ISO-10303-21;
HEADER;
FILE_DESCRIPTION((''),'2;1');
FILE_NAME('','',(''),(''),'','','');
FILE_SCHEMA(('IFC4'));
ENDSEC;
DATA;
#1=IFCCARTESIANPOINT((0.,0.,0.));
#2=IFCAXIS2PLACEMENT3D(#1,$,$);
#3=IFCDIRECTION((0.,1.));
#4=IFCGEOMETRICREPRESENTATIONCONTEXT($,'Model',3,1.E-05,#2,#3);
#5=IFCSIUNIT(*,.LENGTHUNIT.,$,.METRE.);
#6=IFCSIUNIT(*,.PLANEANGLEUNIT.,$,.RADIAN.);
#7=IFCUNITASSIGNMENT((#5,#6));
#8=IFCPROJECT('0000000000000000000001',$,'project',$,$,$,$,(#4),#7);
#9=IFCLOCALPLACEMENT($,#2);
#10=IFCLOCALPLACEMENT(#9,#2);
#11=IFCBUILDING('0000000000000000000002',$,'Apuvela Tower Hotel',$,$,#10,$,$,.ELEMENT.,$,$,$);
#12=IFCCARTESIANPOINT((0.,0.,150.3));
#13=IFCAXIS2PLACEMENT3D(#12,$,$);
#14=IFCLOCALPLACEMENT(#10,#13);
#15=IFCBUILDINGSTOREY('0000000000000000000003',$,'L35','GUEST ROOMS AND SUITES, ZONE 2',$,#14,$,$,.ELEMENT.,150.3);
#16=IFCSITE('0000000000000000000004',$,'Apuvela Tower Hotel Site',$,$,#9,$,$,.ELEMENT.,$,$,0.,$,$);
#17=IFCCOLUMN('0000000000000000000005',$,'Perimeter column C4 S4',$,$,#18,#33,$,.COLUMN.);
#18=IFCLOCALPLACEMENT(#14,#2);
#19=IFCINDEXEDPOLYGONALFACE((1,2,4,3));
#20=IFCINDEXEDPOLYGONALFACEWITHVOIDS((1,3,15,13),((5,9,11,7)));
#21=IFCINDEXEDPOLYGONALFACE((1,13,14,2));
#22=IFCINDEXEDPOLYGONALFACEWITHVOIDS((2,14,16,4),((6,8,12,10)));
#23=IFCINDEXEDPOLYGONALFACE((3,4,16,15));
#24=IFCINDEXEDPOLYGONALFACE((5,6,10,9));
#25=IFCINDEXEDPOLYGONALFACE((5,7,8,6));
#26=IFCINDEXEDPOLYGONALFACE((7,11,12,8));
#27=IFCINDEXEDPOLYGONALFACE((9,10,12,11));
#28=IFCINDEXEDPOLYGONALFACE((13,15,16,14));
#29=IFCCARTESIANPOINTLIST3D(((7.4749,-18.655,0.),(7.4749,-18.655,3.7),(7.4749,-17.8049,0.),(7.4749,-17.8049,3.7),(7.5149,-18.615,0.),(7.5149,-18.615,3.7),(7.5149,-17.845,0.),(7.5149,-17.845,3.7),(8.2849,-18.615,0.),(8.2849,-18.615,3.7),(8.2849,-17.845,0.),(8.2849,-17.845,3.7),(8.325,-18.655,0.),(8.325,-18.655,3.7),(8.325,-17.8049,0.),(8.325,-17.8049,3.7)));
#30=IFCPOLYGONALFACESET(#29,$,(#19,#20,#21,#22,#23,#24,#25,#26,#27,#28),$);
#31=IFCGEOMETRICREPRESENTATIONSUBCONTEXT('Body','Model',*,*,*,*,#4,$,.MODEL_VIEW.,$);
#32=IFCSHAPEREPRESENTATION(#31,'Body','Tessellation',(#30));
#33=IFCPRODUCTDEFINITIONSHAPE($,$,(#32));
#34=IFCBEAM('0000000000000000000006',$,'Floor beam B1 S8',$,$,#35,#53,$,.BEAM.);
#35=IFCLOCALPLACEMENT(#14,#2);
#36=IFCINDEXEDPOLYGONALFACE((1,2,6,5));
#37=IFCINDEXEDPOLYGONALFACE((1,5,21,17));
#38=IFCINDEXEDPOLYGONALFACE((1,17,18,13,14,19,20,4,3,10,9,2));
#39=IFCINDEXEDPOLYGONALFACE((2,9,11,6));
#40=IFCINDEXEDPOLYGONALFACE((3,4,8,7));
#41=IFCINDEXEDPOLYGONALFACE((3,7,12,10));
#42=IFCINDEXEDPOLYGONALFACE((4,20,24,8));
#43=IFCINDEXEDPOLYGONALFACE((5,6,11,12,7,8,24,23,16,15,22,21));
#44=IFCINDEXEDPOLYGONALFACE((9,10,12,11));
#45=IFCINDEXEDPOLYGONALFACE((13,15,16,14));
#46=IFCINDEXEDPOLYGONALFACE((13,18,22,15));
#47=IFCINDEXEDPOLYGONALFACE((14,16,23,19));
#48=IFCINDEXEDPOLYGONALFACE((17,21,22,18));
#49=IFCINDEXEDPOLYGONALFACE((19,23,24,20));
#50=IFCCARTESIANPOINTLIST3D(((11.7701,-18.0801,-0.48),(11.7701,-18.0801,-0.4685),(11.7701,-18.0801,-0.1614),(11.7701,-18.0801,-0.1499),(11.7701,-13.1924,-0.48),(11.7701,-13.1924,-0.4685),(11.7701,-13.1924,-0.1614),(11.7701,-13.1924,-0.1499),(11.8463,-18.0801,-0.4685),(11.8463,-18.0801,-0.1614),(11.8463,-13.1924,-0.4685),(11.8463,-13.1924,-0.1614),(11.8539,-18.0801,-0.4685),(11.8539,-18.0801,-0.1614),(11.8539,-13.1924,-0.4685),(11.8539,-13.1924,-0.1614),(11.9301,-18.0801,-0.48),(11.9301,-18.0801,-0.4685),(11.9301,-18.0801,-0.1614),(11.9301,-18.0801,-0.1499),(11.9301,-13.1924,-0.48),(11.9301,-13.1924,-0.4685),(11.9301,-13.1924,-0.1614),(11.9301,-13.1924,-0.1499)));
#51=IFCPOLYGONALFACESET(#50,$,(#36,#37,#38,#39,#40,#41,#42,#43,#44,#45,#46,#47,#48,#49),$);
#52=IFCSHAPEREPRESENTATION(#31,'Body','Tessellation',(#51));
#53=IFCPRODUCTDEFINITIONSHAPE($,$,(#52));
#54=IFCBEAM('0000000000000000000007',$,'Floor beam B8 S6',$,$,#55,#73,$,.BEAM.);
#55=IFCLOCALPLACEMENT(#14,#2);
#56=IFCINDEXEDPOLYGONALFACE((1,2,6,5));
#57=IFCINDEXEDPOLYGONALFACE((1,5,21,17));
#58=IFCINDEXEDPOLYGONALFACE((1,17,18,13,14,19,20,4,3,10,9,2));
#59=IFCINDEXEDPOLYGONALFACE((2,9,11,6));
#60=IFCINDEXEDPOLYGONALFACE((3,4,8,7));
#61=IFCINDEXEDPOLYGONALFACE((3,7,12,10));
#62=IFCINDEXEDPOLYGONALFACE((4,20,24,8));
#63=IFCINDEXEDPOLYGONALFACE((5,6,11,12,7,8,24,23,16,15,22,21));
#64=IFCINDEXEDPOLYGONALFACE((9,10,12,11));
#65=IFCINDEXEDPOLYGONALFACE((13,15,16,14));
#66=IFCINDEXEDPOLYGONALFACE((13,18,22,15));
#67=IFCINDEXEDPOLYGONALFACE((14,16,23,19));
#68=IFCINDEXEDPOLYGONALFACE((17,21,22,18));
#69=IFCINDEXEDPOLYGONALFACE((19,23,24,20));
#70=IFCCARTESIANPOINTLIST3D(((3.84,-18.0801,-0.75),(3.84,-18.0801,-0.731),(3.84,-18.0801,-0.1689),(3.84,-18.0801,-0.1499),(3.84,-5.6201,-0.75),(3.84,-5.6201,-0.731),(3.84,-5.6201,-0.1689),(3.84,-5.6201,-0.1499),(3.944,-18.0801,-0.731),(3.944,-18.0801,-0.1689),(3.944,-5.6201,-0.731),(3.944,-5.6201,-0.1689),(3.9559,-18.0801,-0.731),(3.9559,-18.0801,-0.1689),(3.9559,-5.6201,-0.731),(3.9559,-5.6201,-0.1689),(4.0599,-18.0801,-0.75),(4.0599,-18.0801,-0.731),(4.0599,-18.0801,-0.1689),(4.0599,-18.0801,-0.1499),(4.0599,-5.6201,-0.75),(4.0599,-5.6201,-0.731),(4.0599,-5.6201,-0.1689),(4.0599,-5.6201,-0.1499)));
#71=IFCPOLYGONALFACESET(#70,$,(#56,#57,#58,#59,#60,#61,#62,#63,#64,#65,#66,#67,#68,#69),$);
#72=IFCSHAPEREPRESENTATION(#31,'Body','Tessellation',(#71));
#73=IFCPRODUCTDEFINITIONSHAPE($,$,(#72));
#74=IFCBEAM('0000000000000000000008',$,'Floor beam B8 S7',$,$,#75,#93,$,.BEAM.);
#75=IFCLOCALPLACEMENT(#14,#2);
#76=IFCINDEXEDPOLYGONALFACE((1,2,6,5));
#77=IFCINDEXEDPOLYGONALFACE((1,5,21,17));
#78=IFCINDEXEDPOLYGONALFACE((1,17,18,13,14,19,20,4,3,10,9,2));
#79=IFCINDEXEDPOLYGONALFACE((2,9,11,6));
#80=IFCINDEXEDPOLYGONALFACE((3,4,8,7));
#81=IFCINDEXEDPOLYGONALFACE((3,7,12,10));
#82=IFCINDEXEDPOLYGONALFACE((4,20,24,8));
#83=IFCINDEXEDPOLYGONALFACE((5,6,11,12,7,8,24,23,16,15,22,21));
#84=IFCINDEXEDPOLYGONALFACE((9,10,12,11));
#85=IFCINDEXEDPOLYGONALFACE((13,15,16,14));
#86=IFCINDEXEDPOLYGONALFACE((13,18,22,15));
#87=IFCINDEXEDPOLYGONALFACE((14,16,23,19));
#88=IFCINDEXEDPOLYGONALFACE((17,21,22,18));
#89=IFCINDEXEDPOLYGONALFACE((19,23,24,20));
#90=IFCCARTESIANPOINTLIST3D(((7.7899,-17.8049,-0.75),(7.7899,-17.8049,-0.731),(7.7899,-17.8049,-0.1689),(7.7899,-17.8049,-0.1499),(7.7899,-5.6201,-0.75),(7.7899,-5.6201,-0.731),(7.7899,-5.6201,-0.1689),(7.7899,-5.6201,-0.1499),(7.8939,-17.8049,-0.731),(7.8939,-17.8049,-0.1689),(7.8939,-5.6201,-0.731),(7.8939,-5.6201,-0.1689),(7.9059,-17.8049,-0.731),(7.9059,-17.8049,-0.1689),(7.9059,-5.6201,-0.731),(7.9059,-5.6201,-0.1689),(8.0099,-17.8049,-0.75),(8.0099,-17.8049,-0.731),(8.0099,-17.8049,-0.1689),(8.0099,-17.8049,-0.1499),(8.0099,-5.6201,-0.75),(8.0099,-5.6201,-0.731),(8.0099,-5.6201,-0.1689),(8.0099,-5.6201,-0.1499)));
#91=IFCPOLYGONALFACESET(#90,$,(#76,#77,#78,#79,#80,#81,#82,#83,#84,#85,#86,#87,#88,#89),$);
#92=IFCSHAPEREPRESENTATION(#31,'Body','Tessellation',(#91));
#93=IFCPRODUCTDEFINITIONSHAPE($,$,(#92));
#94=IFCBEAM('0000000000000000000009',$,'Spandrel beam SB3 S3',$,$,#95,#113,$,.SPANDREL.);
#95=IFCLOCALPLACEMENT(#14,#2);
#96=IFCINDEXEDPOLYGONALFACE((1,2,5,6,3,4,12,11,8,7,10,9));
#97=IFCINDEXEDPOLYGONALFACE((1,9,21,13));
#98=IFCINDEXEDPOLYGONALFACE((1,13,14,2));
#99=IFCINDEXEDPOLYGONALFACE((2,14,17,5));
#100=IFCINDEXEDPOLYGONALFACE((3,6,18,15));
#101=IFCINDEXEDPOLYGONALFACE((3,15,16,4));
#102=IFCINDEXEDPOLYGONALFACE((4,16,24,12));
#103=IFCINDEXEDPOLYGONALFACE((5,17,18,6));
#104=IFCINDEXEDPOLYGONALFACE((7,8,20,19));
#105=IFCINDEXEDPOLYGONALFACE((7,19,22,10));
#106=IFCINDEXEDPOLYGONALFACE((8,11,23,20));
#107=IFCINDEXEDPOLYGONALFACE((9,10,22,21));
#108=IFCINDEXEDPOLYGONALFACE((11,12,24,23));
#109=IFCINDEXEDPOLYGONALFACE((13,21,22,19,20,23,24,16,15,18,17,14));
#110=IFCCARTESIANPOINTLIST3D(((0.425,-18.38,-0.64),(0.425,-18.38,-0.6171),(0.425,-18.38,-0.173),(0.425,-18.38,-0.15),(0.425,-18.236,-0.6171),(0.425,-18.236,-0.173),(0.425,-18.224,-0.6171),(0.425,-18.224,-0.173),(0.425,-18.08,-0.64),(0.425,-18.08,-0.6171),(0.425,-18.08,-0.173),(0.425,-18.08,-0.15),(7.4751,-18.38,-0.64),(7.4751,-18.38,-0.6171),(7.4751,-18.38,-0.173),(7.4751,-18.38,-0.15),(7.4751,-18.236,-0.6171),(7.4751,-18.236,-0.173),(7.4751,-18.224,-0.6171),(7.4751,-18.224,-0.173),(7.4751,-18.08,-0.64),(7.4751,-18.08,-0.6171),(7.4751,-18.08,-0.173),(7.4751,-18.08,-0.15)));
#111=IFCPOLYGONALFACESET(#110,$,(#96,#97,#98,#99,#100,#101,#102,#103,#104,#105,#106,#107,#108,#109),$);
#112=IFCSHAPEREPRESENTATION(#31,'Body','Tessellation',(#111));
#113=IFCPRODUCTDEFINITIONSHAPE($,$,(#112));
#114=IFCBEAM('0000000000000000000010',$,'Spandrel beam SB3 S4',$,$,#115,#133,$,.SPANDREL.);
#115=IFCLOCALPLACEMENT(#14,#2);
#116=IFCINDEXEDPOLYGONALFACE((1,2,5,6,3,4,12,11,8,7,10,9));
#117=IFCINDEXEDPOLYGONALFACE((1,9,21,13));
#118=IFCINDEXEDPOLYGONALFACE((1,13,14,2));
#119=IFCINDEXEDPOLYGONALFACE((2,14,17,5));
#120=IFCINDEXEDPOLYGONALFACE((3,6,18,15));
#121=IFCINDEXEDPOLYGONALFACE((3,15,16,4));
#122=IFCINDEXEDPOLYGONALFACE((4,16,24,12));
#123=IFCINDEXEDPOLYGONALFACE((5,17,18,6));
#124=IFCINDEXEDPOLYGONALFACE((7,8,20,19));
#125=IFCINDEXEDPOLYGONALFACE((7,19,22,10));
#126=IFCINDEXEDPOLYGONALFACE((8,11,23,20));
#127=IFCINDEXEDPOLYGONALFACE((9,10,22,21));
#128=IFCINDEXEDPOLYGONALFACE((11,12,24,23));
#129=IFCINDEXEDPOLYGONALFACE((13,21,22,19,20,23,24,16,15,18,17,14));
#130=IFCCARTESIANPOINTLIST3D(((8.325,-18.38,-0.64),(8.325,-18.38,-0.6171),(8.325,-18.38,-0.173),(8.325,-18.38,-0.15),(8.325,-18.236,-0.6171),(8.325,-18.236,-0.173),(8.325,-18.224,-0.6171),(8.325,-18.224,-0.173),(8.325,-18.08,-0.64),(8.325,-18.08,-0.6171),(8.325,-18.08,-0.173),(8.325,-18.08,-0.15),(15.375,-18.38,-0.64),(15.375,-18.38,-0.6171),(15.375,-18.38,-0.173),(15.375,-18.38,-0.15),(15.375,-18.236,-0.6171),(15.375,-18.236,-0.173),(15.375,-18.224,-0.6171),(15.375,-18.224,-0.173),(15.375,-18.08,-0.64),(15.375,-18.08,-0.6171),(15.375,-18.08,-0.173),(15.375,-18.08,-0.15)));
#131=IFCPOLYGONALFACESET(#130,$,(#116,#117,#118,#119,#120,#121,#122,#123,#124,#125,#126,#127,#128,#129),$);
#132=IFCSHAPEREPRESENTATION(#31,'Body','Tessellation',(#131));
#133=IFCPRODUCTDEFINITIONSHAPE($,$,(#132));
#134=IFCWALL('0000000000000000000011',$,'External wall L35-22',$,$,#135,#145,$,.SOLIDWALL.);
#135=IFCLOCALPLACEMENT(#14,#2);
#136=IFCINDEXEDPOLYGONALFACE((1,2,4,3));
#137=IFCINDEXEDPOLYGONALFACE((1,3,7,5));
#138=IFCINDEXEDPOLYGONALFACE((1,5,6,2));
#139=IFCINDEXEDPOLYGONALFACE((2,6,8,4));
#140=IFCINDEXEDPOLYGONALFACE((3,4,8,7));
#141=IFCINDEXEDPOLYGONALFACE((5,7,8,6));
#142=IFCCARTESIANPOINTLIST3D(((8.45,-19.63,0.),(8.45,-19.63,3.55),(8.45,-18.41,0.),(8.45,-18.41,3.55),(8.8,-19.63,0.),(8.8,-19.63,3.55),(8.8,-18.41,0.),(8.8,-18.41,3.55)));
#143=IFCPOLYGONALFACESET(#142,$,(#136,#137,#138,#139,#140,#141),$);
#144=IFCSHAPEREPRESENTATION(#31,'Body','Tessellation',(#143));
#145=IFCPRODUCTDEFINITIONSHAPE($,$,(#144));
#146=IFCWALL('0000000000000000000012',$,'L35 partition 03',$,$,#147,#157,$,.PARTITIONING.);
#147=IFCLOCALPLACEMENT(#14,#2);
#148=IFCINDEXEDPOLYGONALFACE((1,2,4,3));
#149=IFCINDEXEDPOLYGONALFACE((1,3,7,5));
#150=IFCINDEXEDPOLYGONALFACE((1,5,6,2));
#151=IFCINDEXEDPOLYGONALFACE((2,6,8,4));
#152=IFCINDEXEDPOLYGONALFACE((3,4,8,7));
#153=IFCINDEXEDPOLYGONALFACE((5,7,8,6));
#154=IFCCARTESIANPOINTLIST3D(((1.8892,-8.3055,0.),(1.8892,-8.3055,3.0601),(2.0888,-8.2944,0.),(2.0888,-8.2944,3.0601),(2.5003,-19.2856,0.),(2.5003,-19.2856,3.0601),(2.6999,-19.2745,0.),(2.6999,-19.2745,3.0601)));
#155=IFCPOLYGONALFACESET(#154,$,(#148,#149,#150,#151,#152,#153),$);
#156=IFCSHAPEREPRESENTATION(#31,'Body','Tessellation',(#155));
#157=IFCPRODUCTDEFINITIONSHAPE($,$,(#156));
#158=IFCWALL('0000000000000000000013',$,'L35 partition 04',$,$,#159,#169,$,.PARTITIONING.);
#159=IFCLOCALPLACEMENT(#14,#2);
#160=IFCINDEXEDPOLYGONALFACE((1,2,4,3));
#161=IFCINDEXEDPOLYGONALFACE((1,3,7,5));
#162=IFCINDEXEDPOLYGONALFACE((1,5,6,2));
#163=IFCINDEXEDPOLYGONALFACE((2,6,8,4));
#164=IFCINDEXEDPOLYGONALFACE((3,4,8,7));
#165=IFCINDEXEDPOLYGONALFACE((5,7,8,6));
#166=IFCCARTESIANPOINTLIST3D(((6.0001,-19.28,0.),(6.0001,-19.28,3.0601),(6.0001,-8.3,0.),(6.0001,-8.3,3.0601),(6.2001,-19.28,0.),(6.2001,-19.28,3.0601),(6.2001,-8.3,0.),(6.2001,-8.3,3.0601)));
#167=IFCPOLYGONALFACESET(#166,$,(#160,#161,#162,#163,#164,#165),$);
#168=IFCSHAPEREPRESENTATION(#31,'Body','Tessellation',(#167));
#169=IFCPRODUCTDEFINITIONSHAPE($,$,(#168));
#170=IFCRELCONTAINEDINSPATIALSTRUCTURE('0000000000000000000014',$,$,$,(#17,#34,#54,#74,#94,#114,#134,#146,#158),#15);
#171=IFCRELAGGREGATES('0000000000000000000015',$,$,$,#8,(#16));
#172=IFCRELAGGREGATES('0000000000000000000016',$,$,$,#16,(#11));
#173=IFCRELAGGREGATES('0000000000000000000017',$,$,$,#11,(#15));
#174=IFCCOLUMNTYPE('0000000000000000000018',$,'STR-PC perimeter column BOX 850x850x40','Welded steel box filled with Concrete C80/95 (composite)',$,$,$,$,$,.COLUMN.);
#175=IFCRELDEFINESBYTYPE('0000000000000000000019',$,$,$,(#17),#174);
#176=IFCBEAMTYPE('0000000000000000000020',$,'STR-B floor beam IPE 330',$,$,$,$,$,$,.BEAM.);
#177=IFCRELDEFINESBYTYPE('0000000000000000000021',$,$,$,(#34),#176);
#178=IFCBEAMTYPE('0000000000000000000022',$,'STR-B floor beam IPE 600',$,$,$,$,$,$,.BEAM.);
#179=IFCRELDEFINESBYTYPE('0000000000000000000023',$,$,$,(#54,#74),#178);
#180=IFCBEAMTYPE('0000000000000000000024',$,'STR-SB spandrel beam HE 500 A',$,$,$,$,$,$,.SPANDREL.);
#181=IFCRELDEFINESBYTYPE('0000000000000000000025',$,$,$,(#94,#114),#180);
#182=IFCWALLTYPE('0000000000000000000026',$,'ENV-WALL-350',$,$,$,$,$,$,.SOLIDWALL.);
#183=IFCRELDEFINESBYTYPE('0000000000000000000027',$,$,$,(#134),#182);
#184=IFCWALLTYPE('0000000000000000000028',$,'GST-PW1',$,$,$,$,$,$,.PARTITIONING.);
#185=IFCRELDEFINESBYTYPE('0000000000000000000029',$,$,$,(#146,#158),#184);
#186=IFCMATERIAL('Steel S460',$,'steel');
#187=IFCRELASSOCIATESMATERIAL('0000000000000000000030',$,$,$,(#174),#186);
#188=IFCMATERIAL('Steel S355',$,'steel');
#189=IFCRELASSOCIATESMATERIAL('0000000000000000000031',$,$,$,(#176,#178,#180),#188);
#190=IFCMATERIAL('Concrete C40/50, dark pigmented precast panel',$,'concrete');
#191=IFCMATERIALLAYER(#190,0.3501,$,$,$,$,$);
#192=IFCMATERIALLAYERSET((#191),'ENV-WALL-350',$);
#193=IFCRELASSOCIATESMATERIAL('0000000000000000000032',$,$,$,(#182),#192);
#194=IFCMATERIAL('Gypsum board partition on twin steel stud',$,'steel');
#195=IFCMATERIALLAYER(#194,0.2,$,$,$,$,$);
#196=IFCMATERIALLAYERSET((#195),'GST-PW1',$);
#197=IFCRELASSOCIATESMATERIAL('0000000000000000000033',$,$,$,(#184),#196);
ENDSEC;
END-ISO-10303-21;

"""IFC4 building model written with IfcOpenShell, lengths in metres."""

from ifc_helpers import new_model, si_unit, direction, frame, frame_2d, origin, origin_2d, place, context, subcontext, project, spatial, rectangle, hollow_rectangle, i_section, extrude, material, layer, layer_set, material_profile, profile_set, type_object, element, save


model = new_model("IFC4")

# Units and contexts
model_context = context("Model", 3, precision=1e-05, world=origin(), true_north=direction((0.0, 1.0)))
body_context = subcontext(model_context, "Body", "Model", "MODEL_VIEW")
ifc_project = project(units=[si_unit("LENGTHUNIT", "METRE"), si_unit("PLANEANGLEUNIT", "RADIAN")], contexts=[model_context])

# Site, building, storey
site_placement = place(None, origin())
site = spatial("IfcSite", under=ifc_project, at=site_placement, Name="Apuvela Tower Hotel Site", CompositionType="ELEMENT", RefElevation=0.0)
building_placement = place(site_placement, origin())
building = spatial("IfcBuilding", under=site, at=building_placement, Name="Apuvela Tower Hotel", CompositionType="ELEMENT")
storey_placement = place(building_placement, frame((0.0, 0.0, 150.3)))
storey = spatial("IfcBuildingStorey", under=building, at=storey_placement, Name="L35", Description="GUEST ROOMS AND SUITES, ZONE 2", CompositionType="ELEMENT", Elevation=150.3)

# Column
ifc_material_1 = material(Name="Steel S460", Category="steel")
ifc_material_profile_1 = material_profile(ifc_material_1, hollow_rectangle(XDim=0.8501, YDim=0.8501, WallThickness=0.04, at=origin_2d()), Name="BOX 850x850x40")
ifc_material_2 = material(Name="Concrete C80/95", Category="concrete")
ifc_material_profile_2 = material_profile(ifc_material_2, rectangle(XDim=0.77, YDim=0.77, at=origin_2d()), Name="Concrete C80/95 infill")
ifc_profile_set_1 = profile_set([ifc_material_profile_1, ifc_material_profile_2], Name="Steel S460")
column_type = type_object("IfcColumnType", Name="STR-PC perimeter column BOX 850x850x40", Description="Welded steel box filled with Concrete C80/95 (composite)", PredefinedType="COLUMN", material=ifc_profile_set_1)
column_placement = place(storey_placement, frame((7.8999, -18.23, 0.0), z_axis=(0.0, 0.0, 1.0), x_axis=(-1.0, 0.0, 0.0)))
element("IfcColumn", 1, at=column_placement, inside=storey, type_object=column_type, Name="Perimeter column C4 S4", PredefinedType="COLUMN", context=body_context, shape_type="SweptSolid", body=[
    extrude(hollow_rectangle(XDim=0.8501, YDim=0.8501, WallThickness=0.04, at=origin_2d()), origin(), (0.0, 0.0, 1.0), 3.7),
])

# Beams
ifc_material_3 = material(Name="Steel S355", Category="steel")
ifc_material_profile_3 = material_profile(ifc_material_3, i_section(OverallWidth=0.1599, OverallDepth=0.3301, WebThickness=0.0076, FlangeThickness=0.0115, at=origin_2d()), Name="IPE 330")
ifc_profile_set_2 = profile_set([ifc_material_profile_3], Name="Steel S355")
beam_type_1 = type_object("IfcBeamType", Name="STR-B floor beam IPE 330", PredefinedType="BEAM", material=ifc_profile_set_2)
beam_1_placement = place(storey_placement, frame((11.8501, -18.0801, -0.3149), z_axis=(0.0, 1.0, 0.0), x_axis=(-1.0, 0.0, 0.0)))
element("IfcBeam", 2, at=beam_1_placement, inside=storey, type_object=beam_type_1, Name="Floor beam B1 S8", PredefinedType="BEAM", context=body_context, shape_type="SweptSolid", body=[
    extrude(i_section(OverallWidth=0.1599, OverallDepth=0.3301, WebThickness=0.0076, FlangeThickness=0.0115, at=origin_2d()), origin(), (0.0, 0.0, 1.0), 4.8877),
])
ifc_material_profile_4 = material_profile(ifc_material_3, i_section(OverallWidth=0.22, OverallDepth=0.6001, WebThickness=0.012, FlangeThickness=0.019, at=origin_2d()), Name="IPE 600")
ifc_profile_set_3 = profile_set([ifc_material_profile_4], Name="Steel S355")
beam_type_2 = type_object("IfcBeamType", Name="STR-B floor beam IPE 600", PredefinedType="BEAM", material=ifc_profile_set_3)
beam_2_placement = place(storey_placement, frame((3.95, -18.0801, -0.45), z_axis=(0.0, 1.0, 0.0), x_axis=(-1.0, 0.0, 0.0)))
element("IfcBeam", 3, at=beam_2_placement, inside=storey, type_object=beam_type_2, Name="Floor beam B8 S6", PredefinedType="BEAM", context=body_context, shape_type="SweptSolid", body=[
    extrude(i_section(OverallWidth=0.22, OverallDepth=0.6001, WebThickness=0.012, FlangeThickness=0.019, at=origin_2d()), origin(), (0.0, 0.0, 1.0), 12.46),
])
beam_3_placement = place(storey_placement, frame((7.8999, -17.8049, -0.45), z_axis=(0.0, 1.0, 0.0), x_axis=(-1.0, 0.0, 0.0)))
element("IfcBeam", 4, at=beam_3_placement, inside=storey, type_object=beam_type_2, Name="Floor beam B8 S7", PredefinedType="BEAM", context=body_context, shape_type="SweptSolid", body=[
    extrude(i_section(OverallWidth=0.22, OverallDepth=0.6001, WebThickness=0.012, FlangeThickness=0.019, at=origin_2d()), origin(), (0.0, 0.0, 1.0), 12.1848),
])
ifc_material_profile_5 = material_profile(ifc_material_3, i_section(OverallWidth=0.3, OverallDepth=0.49, WebThickness=0.012, FlangeThickness=0.0229, at=origin_2d()), Name="HE 500 A")
ifc_profile_set_4 = profile_set([ifc_material_profile_5], Name="Steel S355")
beam_type_3 = type_object("IfcBeamType", Name="STR-SB spandrel beam HE 500 A", PredefinedType="SPANDREL", material=ifc_profile_set_4)
for number, where, z_axis, x_axis, name in (
    (5, (0.425, -18.23, -0.395), (1.0, 0.0, 0.0), (0.0, 1.0, 0.0), "Spandrel beam SB3 S3"),
    (6, (8.325, -18.23, -0.395), (1.0, 0.0, 0.0), (0.0, 1.0, 0.0), "Spandrel beam SB3 S4"),
):
    element("IfcBeam", number, at=place(storey_placement, frame(where, z_axis=z_axis, x_axis=x_axis)), inside=storey, type_object=beam_type_3, Name=name, PredefinedType="SPANDREL", context=body_context, shape_type="SweptSolid", body=[
        extrude(i_section(OverallWidth=0.3, OverallDepth=0.49, WebThickness=0.012, FlangeThickness=0.0229, at=origin_2d()), origin(), (0.0, 0.0, 1.0), 7.05),
    ])

# Wall
ifc_material_4 = material(Name="Concrete C40/50, dark pigmented precast panel", Category="concrete")
ifc_layer_1 = layer(ifc_material_4, 0.3501)
ifc_layer_set_1 = layer_set([ifc_layer_1], Name="ENV-WALL-350")
wall_type_1 = type_object("IfcWallType", Name="ENV-WALL-350", PredefinedType="SOLIDWALL", material=ifc_layer_set_1)
wall_1_placement = place(storey_placement, frame((8.625, -19.6299, 0.0), z_axis=(0.0, 0.0, 1.0), x_axis=(0.0, 1.0, 0.0)))
element("IfcWall", 7, at=wall_1_placement, inside=storey, type_object=wall_type_1, Name="External wall L35-22", PredefinedType="SOLIDWALL", context=body_context, shape_type="SweptSolid", body=[
    extrude(rectangle(XDim=1.22, YDim=0.3501, at=frame_2d((0.6099, 0.0))), origin(), (0.0, 0.0, 1.0), 3.55),
])

# Walls
ifc_material_5 = material(Name="Gypsum board partition on twin steel stud", Category="steel")
ifc_layer_2 = layer(ifc_material_5, 0.2)
ifc_layer_set_2 = layer_set([ifc_layer_2], Name="GST-PW1")
wall_type_2 = type_object("IfcWallType", Name="GST-PW1", PredefinedType="PARTITIONING", material=ifc_layer_set_2)
wall_2_placement = place(storey_placement, frame((2.6001, -19.28, 0.0), z_axis=(0.0, 0.0, 1.0), x_axis=(-0.055568, 0.998455, 0.0)))
element("IfcWall", 8, at=wall_2_placement, inside=storey, type_object=wall_type_2, Name="L35 partition 03", PredefinedType="PARTITIONING", context=body_context, shape_type="SweptSolid", body=[
    extrude(rectangle(XDim=10.9971, YDim=0.2, at=frame_2d((5.4985, 0.0))), origin(), (0.0, 0.0, 1.0), 3.0601),
])
wall_3_placement = place(storey_placement, frame((6.1001, -19.28, 0.0), z_axis=(0.0, 0.0, 1.0), x_axis=(0.0, 1.0, 0.0)))
element("IfcWall", 9, at=wall_3_placement, inside=storey, type_object=wall_type_2, Name="L35 partition 04", PredefinedType="PARTITIONING", context=body_context, shape_type="SweptSolid", body=[
    extrude(rectangle(XDim=10.98, YDim=0.2, at=frame_2d((5.49, 0.0))), origin(), (0.0, 0.0, 1.0), 3.0601),
])

save(model, "model.ifc")
